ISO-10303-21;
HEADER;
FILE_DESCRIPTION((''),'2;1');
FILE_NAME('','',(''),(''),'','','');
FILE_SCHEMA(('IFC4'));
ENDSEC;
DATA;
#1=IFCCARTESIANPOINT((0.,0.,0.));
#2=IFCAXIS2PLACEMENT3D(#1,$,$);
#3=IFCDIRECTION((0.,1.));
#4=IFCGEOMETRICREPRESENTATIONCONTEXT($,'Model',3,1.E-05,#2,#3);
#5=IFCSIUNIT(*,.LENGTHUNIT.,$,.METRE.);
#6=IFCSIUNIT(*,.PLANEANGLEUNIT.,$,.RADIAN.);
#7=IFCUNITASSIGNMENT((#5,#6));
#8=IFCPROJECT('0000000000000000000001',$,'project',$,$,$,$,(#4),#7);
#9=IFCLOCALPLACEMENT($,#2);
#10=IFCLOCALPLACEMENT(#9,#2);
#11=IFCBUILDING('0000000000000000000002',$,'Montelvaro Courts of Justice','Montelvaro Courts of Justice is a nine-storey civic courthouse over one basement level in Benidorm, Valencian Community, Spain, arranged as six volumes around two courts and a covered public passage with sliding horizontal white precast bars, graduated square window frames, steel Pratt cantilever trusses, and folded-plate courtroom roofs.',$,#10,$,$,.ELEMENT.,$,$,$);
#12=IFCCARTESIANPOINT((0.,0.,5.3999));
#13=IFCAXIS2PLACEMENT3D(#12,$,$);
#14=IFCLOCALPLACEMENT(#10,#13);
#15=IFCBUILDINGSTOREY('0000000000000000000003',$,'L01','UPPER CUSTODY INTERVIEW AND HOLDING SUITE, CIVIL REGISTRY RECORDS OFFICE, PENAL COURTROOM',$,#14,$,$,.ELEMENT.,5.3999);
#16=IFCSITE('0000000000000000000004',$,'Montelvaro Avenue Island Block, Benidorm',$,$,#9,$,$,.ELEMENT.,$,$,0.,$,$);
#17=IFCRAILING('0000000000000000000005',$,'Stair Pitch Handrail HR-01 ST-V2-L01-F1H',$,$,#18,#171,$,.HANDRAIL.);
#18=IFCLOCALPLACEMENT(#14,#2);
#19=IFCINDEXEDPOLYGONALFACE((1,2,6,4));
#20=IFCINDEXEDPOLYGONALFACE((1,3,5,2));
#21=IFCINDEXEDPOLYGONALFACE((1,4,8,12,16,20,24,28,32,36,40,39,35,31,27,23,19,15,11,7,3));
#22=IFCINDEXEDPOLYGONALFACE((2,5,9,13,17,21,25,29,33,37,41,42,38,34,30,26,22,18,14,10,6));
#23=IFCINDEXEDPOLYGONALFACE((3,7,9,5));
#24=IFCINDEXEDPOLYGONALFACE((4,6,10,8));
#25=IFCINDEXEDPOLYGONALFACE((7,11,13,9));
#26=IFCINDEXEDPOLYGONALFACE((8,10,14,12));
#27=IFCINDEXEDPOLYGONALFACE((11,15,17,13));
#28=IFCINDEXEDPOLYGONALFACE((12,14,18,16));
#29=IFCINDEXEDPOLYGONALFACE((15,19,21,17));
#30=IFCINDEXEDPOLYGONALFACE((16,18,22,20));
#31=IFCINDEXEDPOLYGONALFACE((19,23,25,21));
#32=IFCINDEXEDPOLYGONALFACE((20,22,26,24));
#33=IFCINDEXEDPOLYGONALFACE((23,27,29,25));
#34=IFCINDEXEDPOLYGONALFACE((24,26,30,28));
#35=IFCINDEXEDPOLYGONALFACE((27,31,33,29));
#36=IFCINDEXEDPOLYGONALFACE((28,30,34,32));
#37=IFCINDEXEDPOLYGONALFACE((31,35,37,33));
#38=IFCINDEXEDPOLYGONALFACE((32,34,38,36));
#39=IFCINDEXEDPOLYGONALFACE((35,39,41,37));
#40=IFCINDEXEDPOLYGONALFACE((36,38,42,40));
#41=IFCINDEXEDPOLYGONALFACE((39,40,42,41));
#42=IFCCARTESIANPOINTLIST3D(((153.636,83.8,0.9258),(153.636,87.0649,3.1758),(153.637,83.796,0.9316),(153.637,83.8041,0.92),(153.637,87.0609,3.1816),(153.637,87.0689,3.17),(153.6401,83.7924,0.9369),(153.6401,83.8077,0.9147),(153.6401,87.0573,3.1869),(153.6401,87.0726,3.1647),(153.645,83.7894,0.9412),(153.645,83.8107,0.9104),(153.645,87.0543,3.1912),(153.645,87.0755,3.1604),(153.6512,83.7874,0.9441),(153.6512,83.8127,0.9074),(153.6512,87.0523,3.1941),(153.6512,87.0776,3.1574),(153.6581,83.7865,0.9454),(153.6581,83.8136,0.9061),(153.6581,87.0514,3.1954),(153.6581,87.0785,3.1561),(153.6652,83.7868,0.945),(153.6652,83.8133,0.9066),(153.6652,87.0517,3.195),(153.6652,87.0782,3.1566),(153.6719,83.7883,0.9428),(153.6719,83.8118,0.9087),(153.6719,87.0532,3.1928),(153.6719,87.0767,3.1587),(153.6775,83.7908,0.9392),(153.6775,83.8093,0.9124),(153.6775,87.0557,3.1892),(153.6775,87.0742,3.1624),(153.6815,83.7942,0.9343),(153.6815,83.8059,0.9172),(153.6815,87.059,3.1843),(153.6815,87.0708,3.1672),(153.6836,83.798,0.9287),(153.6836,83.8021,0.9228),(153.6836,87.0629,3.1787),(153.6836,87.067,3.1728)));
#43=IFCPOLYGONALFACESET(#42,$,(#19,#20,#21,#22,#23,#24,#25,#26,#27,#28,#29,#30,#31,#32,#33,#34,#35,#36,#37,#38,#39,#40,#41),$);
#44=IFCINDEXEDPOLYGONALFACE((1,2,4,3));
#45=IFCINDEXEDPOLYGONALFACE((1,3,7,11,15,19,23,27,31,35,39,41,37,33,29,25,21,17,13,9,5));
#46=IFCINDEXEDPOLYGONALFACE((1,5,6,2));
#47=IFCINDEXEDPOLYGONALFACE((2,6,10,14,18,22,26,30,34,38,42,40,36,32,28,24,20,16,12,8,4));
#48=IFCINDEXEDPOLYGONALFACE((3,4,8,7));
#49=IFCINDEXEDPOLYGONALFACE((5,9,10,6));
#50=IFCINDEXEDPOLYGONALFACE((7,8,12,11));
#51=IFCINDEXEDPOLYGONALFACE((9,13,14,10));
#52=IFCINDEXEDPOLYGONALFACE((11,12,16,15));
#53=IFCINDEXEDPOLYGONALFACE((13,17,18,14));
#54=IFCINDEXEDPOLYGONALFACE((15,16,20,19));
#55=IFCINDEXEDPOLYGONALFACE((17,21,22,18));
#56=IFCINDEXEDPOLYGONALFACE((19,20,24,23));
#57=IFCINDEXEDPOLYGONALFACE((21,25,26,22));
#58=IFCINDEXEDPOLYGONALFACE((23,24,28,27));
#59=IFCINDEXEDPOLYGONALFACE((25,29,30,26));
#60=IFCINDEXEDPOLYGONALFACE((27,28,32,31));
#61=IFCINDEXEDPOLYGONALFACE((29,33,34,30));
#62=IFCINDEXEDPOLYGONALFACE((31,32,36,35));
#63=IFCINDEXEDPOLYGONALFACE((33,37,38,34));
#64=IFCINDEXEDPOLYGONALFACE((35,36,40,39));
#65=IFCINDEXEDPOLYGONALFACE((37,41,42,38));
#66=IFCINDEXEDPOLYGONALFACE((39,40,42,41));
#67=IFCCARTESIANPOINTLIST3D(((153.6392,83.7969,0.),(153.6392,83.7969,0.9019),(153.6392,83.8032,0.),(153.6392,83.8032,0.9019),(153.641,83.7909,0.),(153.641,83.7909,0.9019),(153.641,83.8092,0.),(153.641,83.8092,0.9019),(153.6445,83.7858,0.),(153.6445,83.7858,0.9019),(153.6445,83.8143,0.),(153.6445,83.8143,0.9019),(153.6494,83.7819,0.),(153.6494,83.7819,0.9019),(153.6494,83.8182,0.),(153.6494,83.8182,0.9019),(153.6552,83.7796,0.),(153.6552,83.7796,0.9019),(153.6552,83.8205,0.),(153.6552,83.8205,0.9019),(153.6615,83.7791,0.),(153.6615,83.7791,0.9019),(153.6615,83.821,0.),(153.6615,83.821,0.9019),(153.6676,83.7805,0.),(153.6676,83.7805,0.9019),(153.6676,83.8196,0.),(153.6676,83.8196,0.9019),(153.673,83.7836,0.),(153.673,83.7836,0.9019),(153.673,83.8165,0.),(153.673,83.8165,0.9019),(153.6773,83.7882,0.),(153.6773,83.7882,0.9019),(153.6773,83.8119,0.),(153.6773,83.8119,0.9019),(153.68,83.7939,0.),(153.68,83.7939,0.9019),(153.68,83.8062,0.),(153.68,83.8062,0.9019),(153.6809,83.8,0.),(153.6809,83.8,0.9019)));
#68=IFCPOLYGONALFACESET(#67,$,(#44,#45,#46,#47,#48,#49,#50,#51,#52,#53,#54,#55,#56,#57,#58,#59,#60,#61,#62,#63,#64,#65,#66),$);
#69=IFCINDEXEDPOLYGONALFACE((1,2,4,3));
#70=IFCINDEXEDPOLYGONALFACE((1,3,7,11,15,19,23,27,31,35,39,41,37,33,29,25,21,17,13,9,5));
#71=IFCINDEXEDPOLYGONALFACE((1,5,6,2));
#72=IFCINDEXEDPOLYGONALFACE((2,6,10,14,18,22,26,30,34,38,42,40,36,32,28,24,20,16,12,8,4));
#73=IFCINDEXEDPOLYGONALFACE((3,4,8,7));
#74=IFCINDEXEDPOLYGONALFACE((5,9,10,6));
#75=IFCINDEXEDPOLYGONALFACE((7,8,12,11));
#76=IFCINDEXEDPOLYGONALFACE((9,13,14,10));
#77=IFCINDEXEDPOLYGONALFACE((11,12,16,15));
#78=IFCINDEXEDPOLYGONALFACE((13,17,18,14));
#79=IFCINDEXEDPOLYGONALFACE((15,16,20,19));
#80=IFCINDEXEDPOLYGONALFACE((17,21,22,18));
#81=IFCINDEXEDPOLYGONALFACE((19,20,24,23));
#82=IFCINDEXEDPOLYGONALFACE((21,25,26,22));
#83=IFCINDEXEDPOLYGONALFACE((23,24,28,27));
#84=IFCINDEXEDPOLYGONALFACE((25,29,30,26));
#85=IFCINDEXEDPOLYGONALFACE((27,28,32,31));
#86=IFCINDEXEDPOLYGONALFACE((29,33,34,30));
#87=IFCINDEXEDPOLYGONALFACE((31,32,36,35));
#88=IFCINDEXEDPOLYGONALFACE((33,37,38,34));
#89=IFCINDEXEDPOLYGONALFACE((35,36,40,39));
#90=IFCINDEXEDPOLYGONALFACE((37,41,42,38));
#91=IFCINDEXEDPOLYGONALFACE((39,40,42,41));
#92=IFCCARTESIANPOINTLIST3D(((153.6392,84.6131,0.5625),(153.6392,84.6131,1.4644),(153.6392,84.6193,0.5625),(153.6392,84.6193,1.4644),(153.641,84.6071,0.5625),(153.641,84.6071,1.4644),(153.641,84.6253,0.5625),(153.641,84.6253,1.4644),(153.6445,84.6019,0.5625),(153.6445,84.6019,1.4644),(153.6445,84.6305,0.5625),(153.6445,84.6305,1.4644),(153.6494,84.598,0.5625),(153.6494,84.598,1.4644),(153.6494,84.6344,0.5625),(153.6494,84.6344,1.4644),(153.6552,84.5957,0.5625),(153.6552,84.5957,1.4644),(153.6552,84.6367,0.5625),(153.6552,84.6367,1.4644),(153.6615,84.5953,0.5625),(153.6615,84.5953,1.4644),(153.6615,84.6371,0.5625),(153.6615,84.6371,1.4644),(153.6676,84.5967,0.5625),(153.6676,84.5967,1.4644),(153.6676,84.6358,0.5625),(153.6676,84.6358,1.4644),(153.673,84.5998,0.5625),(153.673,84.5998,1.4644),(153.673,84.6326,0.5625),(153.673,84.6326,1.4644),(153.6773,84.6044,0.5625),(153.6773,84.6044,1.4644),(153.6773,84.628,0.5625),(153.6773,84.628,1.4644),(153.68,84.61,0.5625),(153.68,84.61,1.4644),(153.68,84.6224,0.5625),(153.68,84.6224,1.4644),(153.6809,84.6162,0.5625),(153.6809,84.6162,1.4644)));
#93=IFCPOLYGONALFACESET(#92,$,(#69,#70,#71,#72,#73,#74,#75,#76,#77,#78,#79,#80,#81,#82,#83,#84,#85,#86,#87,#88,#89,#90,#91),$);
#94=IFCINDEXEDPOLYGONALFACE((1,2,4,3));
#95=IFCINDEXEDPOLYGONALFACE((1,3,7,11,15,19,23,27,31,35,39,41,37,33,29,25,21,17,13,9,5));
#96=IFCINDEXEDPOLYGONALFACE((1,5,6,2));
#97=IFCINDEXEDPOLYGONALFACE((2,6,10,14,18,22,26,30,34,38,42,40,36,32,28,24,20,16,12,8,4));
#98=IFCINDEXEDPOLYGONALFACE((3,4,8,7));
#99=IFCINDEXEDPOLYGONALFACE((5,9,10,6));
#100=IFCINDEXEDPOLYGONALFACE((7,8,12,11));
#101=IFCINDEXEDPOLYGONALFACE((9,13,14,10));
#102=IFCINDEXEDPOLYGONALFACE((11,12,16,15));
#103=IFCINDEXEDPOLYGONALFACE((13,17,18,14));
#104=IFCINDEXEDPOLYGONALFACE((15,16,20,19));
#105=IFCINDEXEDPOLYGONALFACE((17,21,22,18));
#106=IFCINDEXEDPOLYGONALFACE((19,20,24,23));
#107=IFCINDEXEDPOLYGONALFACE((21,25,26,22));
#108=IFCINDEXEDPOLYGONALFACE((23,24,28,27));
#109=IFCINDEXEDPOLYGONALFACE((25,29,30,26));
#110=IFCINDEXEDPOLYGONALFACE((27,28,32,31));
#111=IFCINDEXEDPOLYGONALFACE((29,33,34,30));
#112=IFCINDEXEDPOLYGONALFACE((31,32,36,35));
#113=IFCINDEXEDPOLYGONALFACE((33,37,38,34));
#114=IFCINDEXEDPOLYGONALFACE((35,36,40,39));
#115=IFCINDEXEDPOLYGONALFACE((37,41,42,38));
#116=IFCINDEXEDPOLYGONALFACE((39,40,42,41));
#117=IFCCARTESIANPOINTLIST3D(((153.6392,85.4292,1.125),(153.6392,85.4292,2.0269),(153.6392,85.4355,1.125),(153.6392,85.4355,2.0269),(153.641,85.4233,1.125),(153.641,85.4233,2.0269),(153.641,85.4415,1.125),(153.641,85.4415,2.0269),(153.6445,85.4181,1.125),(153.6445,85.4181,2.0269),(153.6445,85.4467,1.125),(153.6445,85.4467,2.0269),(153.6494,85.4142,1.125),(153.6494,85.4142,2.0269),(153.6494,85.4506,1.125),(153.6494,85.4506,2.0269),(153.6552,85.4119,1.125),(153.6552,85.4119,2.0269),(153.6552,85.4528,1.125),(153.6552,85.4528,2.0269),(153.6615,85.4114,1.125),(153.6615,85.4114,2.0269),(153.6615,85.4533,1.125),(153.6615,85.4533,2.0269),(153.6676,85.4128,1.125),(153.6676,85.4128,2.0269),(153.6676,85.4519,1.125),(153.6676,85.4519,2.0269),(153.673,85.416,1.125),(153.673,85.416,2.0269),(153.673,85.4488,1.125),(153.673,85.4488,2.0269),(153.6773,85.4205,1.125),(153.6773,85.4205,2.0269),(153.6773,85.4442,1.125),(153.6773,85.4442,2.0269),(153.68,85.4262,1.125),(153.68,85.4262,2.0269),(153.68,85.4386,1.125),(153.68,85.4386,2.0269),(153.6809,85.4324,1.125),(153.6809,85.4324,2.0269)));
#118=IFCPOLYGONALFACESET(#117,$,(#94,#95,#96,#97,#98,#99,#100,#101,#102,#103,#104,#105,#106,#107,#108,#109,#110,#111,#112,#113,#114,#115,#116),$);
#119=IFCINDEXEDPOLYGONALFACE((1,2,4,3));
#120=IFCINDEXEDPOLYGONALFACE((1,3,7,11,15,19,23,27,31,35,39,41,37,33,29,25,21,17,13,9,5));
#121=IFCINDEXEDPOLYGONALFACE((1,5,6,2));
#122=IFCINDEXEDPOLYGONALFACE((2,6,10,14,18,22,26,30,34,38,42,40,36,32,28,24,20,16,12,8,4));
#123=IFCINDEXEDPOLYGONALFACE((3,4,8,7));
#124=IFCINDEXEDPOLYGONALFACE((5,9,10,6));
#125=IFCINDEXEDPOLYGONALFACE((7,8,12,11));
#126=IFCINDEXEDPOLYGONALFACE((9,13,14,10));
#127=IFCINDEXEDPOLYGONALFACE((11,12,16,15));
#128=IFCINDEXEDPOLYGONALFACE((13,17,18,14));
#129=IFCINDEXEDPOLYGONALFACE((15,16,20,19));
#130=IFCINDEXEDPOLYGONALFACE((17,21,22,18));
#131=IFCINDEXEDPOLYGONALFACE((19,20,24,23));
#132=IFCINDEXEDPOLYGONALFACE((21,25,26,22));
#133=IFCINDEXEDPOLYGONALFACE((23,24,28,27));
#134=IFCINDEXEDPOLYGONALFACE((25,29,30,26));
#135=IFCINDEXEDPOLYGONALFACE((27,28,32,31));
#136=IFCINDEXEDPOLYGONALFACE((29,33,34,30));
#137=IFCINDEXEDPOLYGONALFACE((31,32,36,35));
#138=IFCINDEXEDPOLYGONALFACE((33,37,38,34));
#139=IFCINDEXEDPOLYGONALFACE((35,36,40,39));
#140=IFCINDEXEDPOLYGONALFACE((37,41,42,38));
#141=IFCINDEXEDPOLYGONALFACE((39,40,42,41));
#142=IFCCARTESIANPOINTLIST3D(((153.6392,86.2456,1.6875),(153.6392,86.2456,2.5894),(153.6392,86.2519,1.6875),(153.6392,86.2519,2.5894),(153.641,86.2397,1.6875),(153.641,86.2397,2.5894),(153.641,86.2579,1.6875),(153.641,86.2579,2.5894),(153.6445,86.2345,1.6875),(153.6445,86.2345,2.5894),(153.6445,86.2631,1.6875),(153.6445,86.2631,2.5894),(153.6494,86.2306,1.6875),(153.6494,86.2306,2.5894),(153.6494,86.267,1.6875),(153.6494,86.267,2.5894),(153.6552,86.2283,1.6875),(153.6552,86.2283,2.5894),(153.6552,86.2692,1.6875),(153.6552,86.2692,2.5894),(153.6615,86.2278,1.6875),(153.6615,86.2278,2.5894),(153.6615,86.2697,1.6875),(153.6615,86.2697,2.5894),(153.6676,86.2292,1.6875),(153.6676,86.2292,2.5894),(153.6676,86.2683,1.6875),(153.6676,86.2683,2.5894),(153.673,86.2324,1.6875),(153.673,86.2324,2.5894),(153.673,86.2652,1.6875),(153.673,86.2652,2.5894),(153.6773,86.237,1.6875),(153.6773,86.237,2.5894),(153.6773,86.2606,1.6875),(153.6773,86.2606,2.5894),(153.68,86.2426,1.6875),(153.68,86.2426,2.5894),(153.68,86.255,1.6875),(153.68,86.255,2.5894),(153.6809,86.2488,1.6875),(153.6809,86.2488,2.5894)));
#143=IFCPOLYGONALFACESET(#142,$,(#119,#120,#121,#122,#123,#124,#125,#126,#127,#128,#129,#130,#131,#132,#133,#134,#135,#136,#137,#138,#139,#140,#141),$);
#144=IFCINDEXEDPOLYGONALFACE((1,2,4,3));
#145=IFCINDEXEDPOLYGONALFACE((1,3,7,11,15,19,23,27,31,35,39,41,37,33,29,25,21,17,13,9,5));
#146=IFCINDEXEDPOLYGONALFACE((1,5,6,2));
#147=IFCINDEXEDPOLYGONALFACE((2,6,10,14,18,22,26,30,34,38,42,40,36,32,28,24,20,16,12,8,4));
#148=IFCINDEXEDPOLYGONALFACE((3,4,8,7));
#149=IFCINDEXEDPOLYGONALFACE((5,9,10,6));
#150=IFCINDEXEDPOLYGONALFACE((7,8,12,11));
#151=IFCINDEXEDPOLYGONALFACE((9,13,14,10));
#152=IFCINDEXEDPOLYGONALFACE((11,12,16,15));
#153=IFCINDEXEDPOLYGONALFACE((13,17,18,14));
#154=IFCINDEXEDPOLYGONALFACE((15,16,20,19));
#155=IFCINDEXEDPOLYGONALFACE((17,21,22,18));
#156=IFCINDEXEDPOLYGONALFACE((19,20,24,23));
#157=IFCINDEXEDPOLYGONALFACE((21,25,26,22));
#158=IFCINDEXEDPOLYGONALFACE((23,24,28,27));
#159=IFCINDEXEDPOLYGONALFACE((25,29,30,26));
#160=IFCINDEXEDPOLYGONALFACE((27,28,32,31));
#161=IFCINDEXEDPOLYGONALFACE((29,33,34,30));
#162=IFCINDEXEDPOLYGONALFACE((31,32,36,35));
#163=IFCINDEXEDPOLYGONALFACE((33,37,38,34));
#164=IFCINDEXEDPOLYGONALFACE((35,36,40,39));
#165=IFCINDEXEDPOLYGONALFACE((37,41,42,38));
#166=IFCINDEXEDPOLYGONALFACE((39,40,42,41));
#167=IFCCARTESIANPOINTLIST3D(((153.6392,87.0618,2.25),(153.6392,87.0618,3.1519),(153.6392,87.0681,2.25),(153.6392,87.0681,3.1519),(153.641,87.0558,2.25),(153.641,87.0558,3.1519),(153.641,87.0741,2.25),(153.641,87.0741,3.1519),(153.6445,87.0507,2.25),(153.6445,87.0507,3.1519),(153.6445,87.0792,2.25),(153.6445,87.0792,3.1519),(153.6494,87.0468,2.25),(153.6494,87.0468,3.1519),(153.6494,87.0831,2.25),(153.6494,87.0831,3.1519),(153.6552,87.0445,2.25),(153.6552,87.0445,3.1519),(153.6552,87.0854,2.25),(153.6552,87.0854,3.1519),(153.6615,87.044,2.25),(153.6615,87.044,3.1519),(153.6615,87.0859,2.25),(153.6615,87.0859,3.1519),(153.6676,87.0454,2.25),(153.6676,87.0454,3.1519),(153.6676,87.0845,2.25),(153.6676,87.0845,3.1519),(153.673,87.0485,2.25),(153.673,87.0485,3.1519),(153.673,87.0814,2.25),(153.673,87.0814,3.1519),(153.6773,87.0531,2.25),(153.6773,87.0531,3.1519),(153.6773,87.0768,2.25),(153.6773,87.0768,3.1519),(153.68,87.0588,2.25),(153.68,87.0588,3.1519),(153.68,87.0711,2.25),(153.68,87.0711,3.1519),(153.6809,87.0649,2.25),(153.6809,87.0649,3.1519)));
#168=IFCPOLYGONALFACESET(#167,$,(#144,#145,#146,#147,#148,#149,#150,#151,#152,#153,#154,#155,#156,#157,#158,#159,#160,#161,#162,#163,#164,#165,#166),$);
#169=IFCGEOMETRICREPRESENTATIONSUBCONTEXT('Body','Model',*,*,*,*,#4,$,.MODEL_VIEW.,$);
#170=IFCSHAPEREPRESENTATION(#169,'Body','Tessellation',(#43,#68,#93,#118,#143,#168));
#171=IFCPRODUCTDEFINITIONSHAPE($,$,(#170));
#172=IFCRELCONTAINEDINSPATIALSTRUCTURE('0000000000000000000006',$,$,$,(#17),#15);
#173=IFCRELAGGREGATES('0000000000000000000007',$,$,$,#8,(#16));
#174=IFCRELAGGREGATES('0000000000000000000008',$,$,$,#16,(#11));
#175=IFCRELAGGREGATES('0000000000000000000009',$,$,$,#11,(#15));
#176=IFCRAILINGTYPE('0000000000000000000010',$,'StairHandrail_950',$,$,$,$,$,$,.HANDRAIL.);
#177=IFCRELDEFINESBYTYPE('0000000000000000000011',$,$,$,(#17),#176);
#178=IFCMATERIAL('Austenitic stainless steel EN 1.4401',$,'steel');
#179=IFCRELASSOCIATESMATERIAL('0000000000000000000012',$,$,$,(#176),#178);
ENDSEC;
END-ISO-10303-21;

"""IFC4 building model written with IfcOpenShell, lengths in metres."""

from ifc_helpers import new_model, si_unit, direction, frame, origin, origin_2d, place, context, subcontext, project, spatial, circle, extrude, material, type_object, element, save


model = new_model("IFC4")

# Units and contexts
model_context = context("Model", 3, precision=1e-05, world=origin(), true_north=direction((0.0, 1.0)))
body_context = subcontext(model_context, "Body", "Model", "MODEL_VIEW")
ifc_project = project(units=[si_unit("LENGTHUNIT", "METRE"), si_unit("PLANEANGLEUNIT", "RADIAN")], contexts=[model_context])

# Site, building, storey
site_placement = place(None, origin())
site = spatial("IfcSite", under=ifc_project, at=site_placement, Name="Montelvaro Avenue Island Block, Benidorm", CompositionType="ELEMENT", RefElevation=0.0)
building_placement = place(site_placement, origin())
building = spatial("IfcBuilding", under=site, at=building_placement, Name="Montelvaro Courts of Justice", Description="Montelvaro Courts of Justice is a nine-storey civic courthouse over one basement level in Benidorm, Valencian Community, Spain, arranged as six volumes around two courts and a covered public passage with sliding horizontal white precast bars, graduated square window frames, steel Pratt cantilever trusses, and folded-plate courtroom roofs.", CompositionType="ELEMENT")
storey_placement = place(building_placement, frame((0.0, 0.0, 5.3999)))
storey = spatial("IfcBuildingStorey", under=building, at=storey_placement, Name="L01", Description="UPPER CUSTODY INTERVIEW AND HOLDING SUITE, CIVIL REGISTRY RECORDS OFFICE, PENAL COURTROOM", CompositionType="ELEMENT", Elevation=5.3999)

# Railing
ifc_material_1 = material(Name="Austenitic stainless steel EN 1.4401", Category="steel")
railing_type_1 = type_object("IfcRailingType", Name="StairHandrail_950", PredefinedType="HANDRAIL", material=ifc_material_1)
railing_1_placement = place(storey_placement, frame((153.6599, 83.8, 0.0)))
element("IfcRailing", 1, at=railing_1_placement, inside=storey, type_object=railing_type_1, Name="Stair Pitch Handrail HR-01 ST-V2-L01-F1H", PredefinedType="HANDRAIL", context=body_context, shape_type="SweptSolid", body=[
    extrude(circle(Radius=0.0239, at=origin_2d()), frame((0.0, 0.0, 0.9258), z_axis=(0.0, 0.823407, 0.567451), x_axis=(-1.0, 0.0, 0.0)), (0.0, 0.0, 1.0), 3.9651),
    extrude(circle(Radius=0.021, at=origin_2d()), origin(), (0.0, 0.0, 1.0), 0.9019),
    extrude(circle(Radius=0.021, at=origin_2d()), frame((0.0, 0.8162, 0.5625)), (0.0, 0.0, 1.0), 0.9019),
    extrude(circle(Radius=0.021, at=origin_2d()), frame((0.0, 1.6323, 1.125)), (0.0, 0.0, 1.0), 0.9019),
    extrude(circle(Radius=0.021, at=origin_2d()), frame((0.0, 2.4487, 1.6875)), (0.0, 0.0, 1.0), 0.9019),
    extrude(circle(Radius=0.021, at=origin_2d()), frame((0.0, 3.2649, 2.25)), (0.0, 0.0, 1.0), 0.9019),
])

save(model, "model.ifc")
